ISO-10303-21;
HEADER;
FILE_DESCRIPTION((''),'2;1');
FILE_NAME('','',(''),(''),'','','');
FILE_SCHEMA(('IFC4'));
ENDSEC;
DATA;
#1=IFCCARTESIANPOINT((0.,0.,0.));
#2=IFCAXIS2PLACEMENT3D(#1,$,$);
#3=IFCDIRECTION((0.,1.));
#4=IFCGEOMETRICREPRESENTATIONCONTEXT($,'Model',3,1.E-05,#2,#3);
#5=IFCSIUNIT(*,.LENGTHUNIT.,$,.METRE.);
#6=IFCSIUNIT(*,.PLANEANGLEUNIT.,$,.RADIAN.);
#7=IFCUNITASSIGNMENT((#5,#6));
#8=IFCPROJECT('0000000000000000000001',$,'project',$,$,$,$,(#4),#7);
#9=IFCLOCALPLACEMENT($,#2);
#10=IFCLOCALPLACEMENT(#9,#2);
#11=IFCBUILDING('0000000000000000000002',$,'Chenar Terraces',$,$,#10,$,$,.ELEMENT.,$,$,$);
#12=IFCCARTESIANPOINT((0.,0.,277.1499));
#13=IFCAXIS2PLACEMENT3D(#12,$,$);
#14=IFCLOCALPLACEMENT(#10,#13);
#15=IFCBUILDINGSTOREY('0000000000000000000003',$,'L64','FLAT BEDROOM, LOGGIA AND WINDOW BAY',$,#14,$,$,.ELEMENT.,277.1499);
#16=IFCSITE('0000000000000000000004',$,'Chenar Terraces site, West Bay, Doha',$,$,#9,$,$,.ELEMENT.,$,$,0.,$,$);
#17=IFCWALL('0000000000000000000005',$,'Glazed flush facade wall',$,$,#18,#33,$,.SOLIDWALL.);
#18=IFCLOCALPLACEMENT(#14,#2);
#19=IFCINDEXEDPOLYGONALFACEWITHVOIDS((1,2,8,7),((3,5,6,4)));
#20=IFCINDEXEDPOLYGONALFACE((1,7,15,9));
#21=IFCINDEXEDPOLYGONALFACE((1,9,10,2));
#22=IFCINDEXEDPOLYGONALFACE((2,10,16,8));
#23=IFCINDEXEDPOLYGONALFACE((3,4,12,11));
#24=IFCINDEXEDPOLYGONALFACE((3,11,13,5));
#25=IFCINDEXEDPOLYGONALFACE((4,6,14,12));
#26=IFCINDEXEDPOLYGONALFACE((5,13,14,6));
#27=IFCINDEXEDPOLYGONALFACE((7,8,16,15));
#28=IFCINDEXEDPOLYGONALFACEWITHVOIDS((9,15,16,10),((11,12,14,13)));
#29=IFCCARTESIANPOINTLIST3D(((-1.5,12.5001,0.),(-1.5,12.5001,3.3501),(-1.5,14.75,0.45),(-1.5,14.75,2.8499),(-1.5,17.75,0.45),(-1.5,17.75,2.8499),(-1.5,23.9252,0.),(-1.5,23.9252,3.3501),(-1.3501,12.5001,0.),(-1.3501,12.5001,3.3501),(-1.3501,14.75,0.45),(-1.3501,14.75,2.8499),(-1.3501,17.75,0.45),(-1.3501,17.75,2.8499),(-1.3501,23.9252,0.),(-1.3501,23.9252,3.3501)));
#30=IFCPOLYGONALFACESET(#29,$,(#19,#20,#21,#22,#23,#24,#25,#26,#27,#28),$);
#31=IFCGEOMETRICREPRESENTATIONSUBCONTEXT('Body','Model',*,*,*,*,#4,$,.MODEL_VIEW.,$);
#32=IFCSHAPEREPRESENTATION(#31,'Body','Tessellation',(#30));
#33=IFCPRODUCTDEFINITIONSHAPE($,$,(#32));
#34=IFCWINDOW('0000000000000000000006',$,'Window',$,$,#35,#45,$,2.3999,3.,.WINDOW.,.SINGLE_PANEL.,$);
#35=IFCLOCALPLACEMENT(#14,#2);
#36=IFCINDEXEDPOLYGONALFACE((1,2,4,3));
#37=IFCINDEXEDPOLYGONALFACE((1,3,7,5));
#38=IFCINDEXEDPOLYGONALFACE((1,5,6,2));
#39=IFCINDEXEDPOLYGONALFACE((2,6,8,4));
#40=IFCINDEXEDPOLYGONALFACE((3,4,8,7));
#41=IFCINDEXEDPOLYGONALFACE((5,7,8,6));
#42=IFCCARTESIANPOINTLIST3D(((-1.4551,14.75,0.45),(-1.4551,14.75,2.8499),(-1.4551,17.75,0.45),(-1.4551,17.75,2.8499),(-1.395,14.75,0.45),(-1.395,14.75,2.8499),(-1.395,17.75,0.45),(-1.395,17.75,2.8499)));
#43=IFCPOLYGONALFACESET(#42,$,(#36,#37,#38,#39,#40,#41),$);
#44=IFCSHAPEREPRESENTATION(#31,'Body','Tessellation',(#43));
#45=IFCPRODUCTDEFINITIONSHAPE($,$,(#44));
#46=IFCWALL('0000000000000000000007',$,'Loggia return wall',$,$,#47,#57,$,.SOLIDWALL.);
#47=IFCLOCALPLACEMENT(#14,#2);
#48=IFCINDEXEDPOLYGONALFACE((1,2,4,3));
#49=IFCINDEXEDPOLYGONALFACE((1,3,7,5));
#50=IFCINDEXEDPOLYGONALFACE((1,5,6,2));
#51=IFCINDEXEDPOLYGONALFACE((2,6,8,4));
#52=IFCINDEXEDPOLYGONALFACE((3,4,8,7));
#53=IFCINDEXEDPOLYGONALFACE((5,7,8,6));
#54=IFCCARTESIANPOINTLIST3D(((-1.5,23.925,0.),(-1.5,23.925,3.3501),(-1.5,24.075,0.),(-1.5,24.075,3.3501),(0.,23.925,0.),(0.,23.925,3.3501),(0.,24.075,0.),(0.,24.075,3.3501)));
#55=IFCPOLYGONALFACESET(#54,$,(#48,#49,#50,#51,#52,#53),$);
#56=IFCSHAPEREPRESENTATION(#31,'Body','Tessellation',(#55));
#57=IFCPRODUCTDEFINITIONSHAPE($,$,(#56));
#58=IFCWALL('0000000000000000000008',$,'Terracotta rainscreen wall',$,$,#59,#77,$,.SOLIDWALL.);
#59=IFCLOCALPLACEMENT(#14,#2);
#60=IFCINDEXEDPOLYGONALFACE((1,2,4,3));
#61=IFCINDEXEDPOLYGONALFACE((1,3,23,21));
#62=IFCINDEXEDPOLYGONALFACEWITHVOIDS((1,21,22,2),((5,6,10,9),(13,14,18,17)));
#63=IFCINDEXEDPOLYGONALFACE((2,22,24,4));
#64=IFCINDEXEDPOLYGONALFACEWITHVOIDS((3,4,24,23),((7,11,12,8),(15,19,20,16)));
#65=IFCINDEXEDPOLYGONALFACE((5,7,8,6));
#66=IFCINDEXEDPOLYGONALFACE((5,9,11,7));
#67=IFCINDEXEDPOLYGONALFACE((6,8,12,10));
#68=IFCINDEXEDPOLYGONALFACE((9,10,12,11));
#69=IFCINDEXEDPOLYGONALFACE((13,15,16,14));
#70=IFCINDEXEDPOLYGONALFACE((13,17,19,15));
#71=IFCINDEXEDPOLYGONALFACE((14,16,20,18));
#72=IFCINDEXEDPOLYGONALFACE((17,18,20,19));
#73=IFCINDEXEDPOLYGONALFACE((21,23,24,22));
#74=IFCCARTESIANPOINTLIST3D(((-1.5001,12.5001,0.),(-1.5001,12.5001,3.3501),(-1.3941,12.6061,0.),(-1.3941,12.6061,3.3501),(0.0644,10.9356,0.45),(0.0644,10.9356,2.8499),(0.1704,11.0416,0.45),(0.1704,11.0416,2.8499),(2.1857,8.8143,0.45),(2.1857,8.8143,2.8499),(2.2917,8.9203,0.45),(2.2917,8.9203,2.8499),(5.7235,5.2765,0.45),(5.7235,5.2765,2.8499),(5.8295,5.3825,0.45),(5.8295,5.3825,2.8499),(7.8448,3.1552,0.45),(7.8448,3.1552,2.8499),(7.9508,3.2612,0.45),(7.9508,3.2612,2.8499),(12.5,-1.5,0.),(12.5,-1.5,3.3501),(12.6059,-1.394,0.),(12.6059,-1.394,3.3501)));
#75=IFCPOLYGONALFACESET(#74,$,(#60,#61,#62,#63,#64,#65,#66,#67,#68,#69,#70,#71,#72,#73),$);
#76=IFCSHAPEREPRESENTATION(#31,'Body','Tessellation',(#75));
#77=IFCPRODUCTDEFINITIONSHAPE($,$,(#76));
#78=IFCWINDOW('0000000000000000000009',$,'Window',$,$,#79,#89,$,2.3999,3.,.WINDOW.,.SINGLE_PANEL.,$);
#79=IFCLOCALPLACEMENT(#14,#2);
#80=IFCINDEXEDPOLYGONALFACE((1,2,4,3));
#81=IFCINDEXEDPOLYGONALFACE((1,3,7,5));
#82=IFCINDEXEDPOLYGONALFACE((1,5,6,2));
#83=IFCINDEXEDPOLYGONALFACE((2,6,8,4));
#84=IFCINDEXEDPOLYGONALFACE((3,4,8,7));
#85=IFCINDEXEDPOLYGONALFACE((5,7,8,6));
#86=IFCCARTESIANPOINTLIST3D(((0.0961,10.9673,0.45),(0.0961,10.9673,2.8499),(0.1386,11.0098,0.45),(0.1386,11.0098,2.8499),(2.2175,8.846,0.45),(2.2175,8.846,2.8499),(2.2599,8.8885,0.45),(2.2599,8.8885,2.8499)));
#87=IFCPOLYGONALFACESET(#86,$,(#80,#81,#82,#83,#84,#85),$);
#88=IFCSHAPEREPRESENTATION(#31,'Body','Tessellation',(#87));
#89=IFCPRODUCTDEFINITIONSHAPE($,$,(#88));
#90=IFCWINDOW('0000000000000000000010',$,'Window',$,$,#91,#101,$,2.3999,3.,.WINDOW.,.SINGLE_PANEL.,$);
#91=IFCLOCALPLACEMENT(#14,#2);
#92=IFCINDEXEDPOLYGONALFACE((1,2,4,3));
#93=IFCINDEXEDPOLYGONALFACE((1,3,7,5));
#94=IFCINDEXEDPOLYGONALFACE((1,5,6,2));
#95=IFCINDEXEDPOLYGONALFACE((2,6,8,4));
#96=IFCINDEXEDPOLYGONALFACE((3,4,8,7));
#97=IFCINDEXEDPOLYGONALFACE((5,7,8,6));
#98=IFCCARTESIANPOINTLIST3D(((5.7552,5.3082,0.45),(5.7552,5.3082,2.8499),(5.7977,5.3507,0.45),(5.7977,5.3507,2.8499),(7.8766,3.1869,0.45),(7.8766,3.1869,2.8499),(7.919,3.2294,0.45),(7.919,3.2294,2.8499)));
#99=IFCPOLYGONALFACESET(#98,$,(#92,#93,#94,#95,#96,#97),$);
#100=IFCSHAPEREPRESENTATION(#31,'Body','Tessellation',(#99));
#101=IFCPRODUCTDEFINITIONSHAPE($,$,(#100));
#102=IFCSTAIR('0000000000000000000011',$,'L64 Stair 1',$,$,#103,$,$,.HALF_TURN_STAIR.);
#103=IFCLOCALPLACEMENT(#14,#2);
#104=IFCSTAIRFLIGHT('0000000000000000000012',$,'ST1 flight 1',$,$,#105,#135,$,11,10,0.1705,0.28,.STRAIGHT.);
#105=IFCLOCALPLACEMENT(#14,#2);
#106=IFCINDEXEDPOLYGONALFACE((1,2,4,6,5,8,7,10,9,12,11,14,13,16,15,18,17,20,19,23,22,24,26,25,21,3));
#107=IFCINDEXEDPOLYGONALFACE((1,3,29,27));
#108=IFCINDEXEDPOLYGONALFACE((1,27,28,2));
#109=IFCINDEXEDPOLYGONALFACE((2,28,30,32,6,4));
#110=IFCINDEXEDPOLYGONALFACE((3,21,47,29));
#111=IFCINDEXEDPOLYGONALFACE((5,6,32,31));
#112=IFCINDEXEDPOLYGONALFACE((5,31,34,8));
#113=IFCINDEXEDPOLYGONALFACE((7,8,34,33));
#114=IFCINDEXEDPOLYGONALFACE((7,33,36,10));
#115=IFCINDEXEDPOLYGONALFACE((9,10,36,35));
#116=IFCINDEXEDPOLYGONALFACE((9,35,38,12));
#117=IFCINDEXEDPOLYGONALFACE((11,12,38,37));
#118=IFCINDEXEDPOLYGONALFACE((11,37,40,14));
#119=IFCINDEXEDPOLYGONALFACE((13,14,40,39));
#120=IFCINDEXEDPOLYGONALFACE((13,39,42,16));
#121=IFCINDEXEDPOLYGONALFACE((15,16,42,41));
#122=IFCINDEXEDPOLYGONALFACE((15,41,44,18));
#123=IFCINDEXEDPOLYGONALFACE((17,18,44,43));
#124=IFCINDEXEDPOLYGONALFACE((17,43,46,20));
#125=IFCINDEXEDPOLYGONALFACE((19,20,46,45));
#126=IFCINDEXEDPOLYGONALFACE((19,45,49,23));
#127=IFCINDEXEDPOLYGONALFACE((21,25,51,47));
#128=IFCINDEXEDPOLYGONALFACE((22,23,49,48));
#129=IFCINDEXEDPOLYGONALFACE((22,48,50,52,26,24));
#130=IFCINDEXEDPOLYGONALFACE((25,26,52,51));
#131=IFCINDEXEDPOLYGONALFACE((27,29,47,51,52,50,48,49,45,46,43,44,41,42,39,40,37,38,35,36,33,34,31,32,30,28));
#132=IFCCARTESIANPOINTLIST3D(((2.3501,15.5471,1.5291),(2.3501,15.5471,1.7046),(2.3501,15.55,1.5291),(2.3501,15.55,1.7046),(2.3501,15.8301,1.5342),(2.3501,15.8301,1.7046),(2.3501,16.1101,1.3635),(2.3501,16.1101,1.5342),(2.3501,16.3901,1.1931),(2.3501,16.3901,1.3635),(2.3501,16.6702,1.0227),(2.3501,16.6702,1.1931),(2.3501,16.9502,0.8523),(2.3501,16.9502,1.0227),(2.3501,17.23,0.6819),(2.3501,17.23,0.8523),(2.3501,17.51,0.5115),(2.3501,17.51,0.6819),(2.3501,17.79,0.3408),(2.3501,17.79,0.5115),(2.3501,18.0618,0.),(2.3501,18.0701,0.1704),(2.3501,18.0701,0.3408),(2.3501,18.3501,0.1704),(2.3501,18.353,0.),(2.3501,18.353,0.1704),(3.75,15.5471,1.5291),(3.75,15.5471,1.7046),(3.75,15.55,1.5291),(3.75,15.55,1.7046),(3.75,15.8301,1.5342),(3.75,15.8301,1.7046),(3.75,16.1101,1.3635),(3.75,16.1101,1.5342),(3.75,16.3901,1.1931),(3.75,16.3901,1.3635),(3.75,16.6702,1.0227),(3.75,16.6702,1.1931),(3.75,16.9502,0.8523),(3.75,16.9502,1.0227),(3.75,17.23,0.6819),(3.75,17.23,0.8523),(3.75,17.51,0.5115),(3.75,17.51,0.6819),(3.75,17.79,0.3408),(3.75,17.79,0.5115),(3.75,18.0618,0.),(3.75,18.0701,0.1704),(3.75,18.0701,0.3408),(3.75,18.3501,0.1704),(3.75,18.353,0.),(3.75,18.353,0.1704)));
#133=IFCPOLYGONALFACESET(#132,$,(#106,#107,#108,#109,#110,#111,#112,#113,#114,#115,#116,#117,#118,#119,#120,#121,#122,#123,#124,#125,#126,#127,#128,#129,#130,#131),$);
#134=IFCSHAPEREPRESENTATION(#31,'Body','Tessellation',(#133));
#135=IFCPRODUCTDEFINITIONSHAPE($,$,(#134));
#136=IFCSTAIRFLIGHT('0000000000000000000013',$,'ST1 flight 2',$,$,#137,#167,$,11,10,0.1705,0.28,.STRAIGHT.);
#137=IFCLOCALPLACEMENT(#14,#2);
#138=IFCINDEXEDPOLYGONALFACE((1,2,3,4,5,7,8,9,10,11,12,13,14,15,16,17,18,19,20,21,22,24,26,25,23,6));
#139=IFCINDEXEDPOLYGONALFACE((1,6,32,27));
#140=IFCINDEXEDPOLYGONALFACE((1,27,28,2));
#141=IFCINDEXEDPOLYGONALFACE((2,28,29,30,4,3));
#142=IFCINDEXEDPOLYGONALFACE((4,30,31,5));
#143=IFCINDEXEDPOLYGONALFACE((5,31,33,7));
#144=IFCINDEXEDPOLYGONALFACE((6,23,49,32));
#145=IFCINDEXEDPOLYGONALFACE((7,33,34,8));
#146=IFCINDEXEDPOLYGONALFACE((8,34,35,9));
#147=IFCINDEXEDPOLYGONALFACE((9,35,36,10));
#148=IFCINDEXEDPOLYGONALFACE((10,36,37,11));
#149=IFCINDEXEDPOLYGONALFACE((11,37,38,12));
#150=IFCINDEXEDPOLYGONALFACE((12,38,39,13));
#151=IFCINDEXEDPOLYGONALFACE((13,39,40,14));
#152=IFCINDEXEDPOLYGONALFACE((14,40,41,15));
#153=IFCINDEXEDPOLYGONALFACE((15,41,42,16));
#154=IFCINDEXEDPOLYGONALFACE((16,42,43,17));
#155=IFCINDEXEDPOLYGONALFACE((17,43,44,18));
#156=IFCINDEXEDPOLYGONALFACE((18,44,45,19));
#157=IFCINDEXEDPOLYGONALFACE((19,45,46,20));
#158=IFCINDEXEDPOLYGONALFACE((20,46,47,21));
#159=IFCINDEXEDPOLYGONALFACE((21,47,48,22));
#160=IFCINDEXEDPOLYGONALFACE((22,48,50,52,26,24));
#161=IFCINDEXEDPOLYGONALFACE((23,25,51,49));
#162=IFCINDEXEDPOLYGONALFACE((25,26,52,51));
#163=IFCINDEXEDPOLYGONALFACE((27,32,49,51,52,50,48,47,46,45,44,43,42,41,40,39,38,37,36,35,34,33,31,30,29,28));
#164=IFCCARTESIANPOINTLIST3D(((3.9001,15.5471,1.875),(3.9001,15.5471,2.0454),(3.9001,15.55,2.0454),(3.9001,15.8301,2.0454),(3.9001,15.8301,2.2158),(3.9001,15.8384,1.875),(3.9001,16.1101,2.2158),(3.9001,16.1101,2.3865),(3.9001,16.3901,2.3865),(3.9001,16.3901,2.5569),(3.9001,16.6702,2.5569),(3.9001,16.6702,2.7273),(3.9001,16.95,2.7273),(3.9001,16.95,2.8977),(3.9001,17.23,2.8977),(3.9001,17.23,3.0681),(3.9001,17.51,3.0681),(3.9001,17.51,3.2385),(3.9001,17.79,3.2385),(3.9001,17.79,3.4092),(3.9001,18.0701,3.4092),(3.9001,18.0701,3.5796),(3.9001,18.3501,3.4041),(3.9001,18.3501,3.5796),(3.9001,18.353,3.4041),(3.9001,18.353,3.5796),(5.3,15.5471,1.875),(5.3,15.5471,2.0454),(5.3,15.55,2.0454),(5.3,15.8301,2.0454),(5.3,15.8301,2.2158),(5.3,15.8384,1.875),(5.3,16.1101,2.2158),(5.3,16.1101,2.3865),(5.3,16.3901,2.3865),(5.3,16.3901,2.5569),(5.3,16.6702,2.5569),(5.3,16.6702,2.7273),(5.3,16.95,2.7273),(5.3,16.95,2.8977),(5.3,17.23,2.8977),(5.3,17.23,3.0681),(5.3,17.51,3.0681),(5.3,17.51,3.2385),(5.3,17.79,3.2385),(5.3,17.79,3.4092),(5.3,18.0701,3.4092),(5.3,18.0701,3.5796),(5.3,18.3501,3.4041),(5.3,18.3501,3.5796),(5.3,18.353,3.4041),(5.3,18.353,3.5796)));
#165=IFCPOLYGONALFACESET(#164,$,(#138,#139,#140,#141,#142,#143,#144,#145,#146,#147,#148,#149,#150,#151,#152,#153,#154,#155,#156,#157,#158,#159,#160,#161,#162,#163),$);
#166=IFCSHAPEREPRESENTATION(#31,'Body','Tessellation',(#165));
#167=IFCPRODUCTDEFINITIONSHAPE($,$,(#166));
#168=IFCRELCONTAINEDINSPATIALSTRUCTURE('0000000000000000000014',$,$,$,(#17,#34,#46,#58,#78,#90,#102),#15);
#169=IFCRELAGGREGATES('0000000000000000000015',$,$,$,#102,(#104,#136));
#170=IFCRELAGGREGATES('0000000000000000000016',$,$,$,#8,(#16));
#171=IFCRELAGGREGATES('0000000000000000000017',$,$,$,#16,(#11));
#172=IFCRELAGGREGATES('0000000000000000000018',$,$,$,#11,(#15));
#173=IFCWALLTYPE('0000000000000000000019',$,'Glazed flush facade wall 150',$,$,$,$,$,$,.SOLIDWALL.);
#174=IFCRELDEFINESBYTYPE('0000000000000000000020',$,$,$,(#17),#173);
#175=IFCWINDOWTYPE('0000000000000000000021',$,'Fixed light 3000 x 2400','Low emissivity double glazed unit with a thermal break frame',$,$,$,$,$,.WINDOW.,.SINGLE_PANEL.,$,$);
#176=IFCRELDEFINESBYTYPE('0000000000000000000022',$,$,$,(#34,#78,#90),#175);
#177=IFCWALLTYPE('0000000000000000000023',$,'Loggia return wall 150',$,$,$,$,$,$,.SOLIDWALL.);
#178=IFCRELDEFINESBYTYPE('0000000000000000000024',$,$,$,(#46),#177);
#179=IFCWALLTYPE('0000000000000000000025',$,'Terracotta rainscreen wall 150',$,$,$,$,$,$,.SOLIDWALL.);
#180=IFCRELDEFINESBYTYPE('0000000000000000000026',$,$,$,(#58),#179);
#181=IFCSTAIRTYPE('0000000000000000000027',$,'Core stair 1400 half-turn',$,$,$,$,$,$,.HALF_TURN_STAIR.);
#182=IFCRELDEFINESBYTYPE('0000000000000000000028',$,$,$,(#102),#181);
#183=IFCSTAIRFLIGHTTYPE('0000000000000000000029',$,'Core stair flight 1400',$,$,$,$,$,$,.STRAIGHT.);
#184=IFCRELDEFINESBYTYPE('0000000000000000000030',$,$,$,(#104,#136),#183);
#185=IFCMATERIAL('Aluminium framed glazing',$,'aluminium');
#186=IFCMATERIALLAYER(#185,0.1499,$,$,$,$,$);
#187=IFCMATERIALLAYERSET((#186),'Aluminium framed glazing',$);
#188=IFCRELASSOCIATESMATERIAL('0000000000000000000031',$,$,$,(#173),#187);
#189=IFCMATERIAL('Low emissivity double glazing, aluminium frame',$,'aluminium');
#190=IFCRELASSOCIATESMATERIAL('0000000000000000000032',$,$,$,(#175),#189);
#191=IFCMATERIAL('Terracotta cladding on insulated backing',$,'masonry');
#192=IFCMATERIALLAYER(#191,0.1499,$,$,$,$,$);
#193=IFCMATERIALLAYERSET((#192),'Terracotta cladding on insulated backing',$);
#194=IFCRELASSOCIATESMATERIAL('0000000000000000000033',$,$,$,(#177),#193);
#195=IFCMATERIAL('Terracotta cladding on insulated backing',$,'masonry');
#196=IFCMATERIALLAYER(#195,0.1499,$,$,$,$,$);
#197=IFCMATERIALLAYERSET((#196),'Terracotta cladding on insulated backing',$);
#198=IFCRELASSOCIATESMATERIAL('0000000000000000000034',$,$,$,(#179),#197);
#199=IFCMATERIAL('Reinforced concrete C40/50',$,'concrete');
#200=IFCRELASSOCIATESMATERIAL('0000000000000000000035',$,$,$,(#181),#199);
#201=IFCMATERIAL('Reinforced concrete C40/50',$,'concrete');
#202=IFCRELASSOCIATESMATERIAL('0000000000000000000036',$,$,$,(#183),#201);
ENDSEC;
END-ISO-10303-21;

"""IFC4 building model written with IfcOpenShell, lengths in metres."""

from ifc_helpers import new_model, si_unit, direction, frame, frame_2d, origin, place, context, subcontext, project, spatial, polyline, rectangle, outline, extrude, material, layer, layer_set, type_object, element, fill, aggregate, save


model = new_model("IFC4")

# Units and contexts
model_context = context("Model", 3, precision=1e-05, world=origin(), true_north=direction((0.0, 1.0)))
body_context = subcontext(model_context, "Body", "Model", "MODEL_VIEW")
ifc_project = project(units=[si_unit("LENGTHUNIT", "METRE"), si_unit("PLANEANGLEUNIT", "RADIAN")], contexts=[model_context])

# Site, building, storey
site_placement = place(None, origin())
site = spatial("IfcSite", under=ifc_project, at=site_placement, Name="Chenar Terraces site, West Bay, Doha", CompositionType="ELEMENT", RefElevation=0.0)
building_placement = place(site_placement, origin())
building = spatial("IfcBuilding", under=site, at=building_placement, Name="Chenar Terraces", CompositionType="ELEMENT")
storey_placement = place(building_placement, frame((0.0, 0.0, 277.1499)))
storey = spatial("IfcBuildingStorey", under=building, at=storey_placement, Name="L64", Description="FLAT BEDROOM, LOGGIA AND WINDOW BAY", CompositionType="ELEMENT", Elevation=277.1499)

# Wall, opening, window
ifc_material_1 = material(Name="Aluminium framed glazing", Category="aluminium")
ifc_layer_1 = layer(ifc_material_1, 0.1499)
ifc_layer_set_1 = layer_set([ifc_layer_1], Name="Aluminium framed glazing")
wall_type_1 = type_object("IfcWallType", Name="Glazed flush facade wall 150", PredefinedType="SOLIDWALL", material=ifc_layer_set_1)
wall_1_placement = place(storey_placement, frame((-1.425, 23.925, 0.0), z_axis=(0.0, 0.0, 1.0), x_axis=(0.0, -1.0, 0.0)))
wall_1 = element("IfcWall", 1, at=wall_1_placement, inside=storey, type_object=wall_type_1, Name="Glazed flush facade wall", PredefinedType="SOLIDWALL", context=body_context, shape_type="SweptSolid", body=[
    extrude(rectangle(XDim=11.425, YDim=0.1499, at=frame_2d((5.7124, 0.0))), origin(), (0.0, 0.0, 1.0), 3.3501),
])
opening_1_placement = place(wall_1_placement, frame((6.175, 0.0, 0.45)))
opening_1 = element("IfcOpeningElement", 2, at=opening_1_placement, cuts=wall_1, PredefinedType="OPENING", context=body_context, shape_type="SweptSolid", body=[
    extrude(rectangle(XDim=3.0, YDim=2.3999, at=frame_2d((1.5, 1.2))), frame((0.0, 0.085, 0.0), z_axis=(0.0, -1.0, 0.0), x_axis=(1.0, 0.0, 0.0)), (0.0, 0.0, 1.0), 0.1699),
])
ifc_material_2 = material(Name="Low emissivity double glazing, aluminium frame", Category="aluminium")
window_type = type_object("IfcWindowType", Name="Fixed light 3000 x 2400", Description="Low emissivity double glazed unit with a thermal break frame", PartitioningType="SINGLE_PANEL", PredefinedType="WINDOW", material=ifc_material_2)
window_1_placement = place(opening_1_placement, origin())
window_1 = element("IfcWindow", 3, at=window_1_placement, inside=storey, type_object=window_type, Name="Window", OverallHeight=2.3999, OverallWidth=3.0, PartitioningType="SINGLE_PANEL", PredefinedType="WINDOW", context=body_context, shape_type="SweptSolid", body=[
    extrude(rectangle(XDim=3.0, YDim=2.3999, at=frame_2d((1.5, 1.2))), frame((0.0, 0.03, 0.0), z_axis=(0.0, -1.0, 0.0), x_axis=(1.0, 0.0, 0.0)), (0.0, 0.0, 1.0), 0.0601),
])
fill(opening_1, window_1)

# Wall
ifc_material_3 = material(Name="Terracotta cladding on insulated backing", Category="masonry")
ifc_layer_2 = layer(ifc_material_3, 0.1499)
ifc_layer_set_2 = layer_set([ifc_layer_2], Name="Terracotta cladding on insulated backing")
wall_type_2 = type_object("IfcWallType", Name="Loggia return wall 150", PredefinedType="SOLIDWALL", material=ifc_layer_set_2)
wall_2_placement = place(storey_placement, frame((-1.5, 24.0, 0.0), z_axis=(0.0, 0.0, 1.0), x_axis=(1.0, 0.0, 0.0)))
element("IfcWall", 4, at=wall_2_placement, inside=storey, type_object=wall_type_2, Name="Loggia return wall", PredefinedType="SOLIDWALL", context=body_context, shape_type="SweptSolid", body=[
    extrude(rectangle(XDim=1.5, YDim=0.1499, at=frame_2d((0.75, 0.0))), origin(), (0.0, 0.0, 1.0), 3.3501),
])

# Wall, openings, windows
ifc_material_4 = material(Name="Terracotta cladding on insulated backing", Category="masonry")
ifc_layer_3 = layer(ifc_material_4, 0.1499)
ifc_layer_set_3 = layer_set([ifc_layer_3], Name="Terracotta cladding on insulated backing")
wall_type_3 = type_object("IfcWallType", Name="Terracotta rainscreen wall 150", PredefinedType="SOLIDWALL", material=ifc_layer_set_3)
wall_3_placement = place(storey_placement, frame((-1.447, 12.553, 0.0), z_axis=(0.0, 0.0, 1.0), x_axis=(0.707107, -0.707107, 0.0)))
wall_3 = element("IfcWall", 5, at=wall_3_placement, inside=storey, type_object=wall_type_3, Name="Terracotta rainscreen wall", PredefinedType="SOLIDWALL", context=body_context, shape_type="SweptSolid", body=[
    extrude(rectangle(XDim=19.7991, YDim=0.1499, at=frame_2d((9.8994, 0.0))), origin(), (0.0, 0.0, 1.0), 3.3501),
])
opening_2_placement = place(wall_3_placement, frame((2.2124, 0.0, 0.45)))
opening_2 = element("IfcOpeningElement", 6, at=opening_2_placement, cuts=wall_3, PredefinedType="OPENING", context=body_context, shape_type="SweptSolid", body=[
    extrude(rectangle(XDim=3.0, YDim=2.3999, at=frame_2d((1.5, 1.2))), frame((0.0, 0.085, 0.0), z_axis=(0.0, -1.0, 0.0), x_axis=(1.0, 0.0, 0.0)), (0.0, 0.0, 1.0), 0.1699),
])
opening_3_placement = place(wall_3_placement, frame((10.2156, 0.0, 0.45)))
opening_3 = element("IfcOpeningElement", 7, at=opening_3_placement, cuts=wall_3, PredefinedType="OPENING", context=body_context, shape_type="SweptSolid", body=[
    extrude(rectangle(XDim=3.0, YDim=2.3999, at=frame_2d((1.5, 1.2))), frame((0.0, 0.085, 0.0), z_axis=(0.0, -1.0, 0.0), x_axis=(1.0, 0.0, 0.0)), (0.0, 0.0, 1.0), 0.1699),
])
window_2_placement = place(opening_2_placement, origin())
window_2 = element("IfcWindow", 8, at=window_2_placement, inside=storey, type_object=window_type, Name="Window", OverallHeight=2.3999, OverallWidth=3.0, PartitioningType="SINGLE_PANEL", PredefinedType="WINDOW", context=body_context, shape_type="SweptSolid", body=[
    extrude(rectangle(XDim=3.0, YDim=2.3999, at=frame_2d((1.5, 1.2))), frame((0.0, 0.03, 0.0), z_axis=(0.0, -1.0, 0.0), x_axis=(1.0, 0.0, 0.0)), (0.0, 0.0, 1.0), 0.0601),
])
fill(opening_2, window_2)
window_3_placement = place(opening_3_placement, origin())
window_3 = element("IfcWindow", 9, at=window_3_placement, inside=storey, type_object=window_type, Name="Window", OverallHeight=2.3999, OverallWidth=3.0, PartitioningType="SINGLE_PANEL", PredefinedType="WINDOW", context=body_context, shape_type="SweptSolid", body=[
    extrude(rectangle(XDim=3.0, YDim=2.3999, at=frame_2d((1.5, 1.2))), frame((0.0, 0.03, 0.0), z_axis=(0.0, -1.0, 0.0), x_axis=(1.0, 0.0, 0.0)), (0.0, 0.0, 1.0), 0.0601),
])
fill(opening_3, window_3)

# Stair, stair flights
ifc_material_5 = material(Name="Reinforced concrete C40/50", Category="concrete")
stair_type = type_object("IfcStairType", Name="Core stair 1400 half-turn", PredefinedType="HALF_TURN_STAIR", material=ifc_material_5)
stair_placement = place(storey_placement, origin())
stair = element("IfcStair", 10, at=stair_placement, inside=storey, type_object=stair_type, Name="L64 Stair 1", PredefinedType="HALF_TURN_STAIR")
ifc_material_6 = material(Name="Reinforced concrete C40/50", Category="concrete")
stair_flight_type = type_object("IfcStairFlightType", Name="Core stair flight 1400", PredefinedType="STRAIGHT", material=ifc_material_6)
stair_flight_1_placement = place(storey_placement, frame((3.05, 18.3501, 0.0), z_axis=(0.0, 0.0, 1.0), x_axis=(0.0, -1.0, 0.0)))
stair_flight_1 = element("IfcStairFlight", 11, at=stair_flight_1_placement, type_object=stair_flight_type, Name="ST1 flight 1", NumberOfRisers=11, NumberOfTreads=10, PredefinedType="STRAIGHT", RiserHeight=0.1705, TreadLength=0.28, context=body_context, shape_type="SweptSolid", body=[
    extrude(outline(polyline([(-0.0029, 0.0), (-0.0029, 0.1704), (0.0, 0.1704), (0.28, 0.1704), (0.28, 0.3408), (0.5601, 0.3408), (0.5601, 0.5115), (0.8401, 0.5115), (0.8401, 0.6819), (1.1201, 0.6819), (1.1201, 0.8523), (1.3999, 0.8523), (1.3999, 1.0227), (1.6799, 1.0227), (1.6799, 1.1931), (1.96, 1.1931), (1.96, 1.3635), (2.24, 1.3635), (2.24, 1.5342), (2.52, 1.5342), (2.52, 1.7046), (2.8, 1.7046), (2.803, 1.7046), (2.803, 1.5291), (2.8, 1.5291), (0.2883, 0.0), (-0.0029, 0.0)])), frame((0.0, 0.7, 0.0), z_axis=(0.0, -1.0, 0.0), x_axis=(1.0, 0.0, 0.0)), (0.0, 0.0, 1.0), 1.3999),
])
stair_flight_2_placement = place(storey_placement, frame((4.6001, 15.55, 1.875), z_axis=(0.0, 0.0, 1.0), x_axis=(0.0, 1.0, 0.0)))
stair_flight_2 = element("IfcStairFlight", 12, at=stair_flight_2_placement, type_object=stair_flight_type, Name="ST1 flight 2", NumberOfRisers=11, NumberOfTreads=10, PredefinedType="STRAIGHT", RiserHeight=0.1705, TreadLength=0.28, context=body_context, shape_type="SweptSolid", body=[
    extrude(outline(polyline([(-0.0029, 0.0), (-0.0029, 0.1704), (0.0, 0.1704), (0.28, 0.1704), (0.28, 0.3408), (0.5601, 0.3408), (0.5601, 0.5115), (0.8401, 0.5115), (0.8401, 0.6819), (1.1201, 0.6819), (1.1201, 0.8523), (1.3999, 0.8523), (1.3999, 1.0227), (1.6799, 1.0227), (1.6799, 1.1931), (1.96, 1.1931), (1.96, 1.3635), (2.24, 1.3635), (2.24, 1.5342), (2.52, 1.5342), (2.52, 1.7046), (2.8, 1.7046), (2.803, 1.7046), (2.803, 1.5291), (2.8, 1.5291), (0.2883, 0.0), (-0.0029, 0.0)])), frame((0.0, 0.7, 0.0), z_axis=(0.0, -1.0, 0.0), x_axis=(1.0, 0.0, 0.0)), (0.0, 0.0, 1.0), 1.3999),
])
aggregate(stair, [stair_flight_1, stair_flight_2])

save(model, "model.ifc")
